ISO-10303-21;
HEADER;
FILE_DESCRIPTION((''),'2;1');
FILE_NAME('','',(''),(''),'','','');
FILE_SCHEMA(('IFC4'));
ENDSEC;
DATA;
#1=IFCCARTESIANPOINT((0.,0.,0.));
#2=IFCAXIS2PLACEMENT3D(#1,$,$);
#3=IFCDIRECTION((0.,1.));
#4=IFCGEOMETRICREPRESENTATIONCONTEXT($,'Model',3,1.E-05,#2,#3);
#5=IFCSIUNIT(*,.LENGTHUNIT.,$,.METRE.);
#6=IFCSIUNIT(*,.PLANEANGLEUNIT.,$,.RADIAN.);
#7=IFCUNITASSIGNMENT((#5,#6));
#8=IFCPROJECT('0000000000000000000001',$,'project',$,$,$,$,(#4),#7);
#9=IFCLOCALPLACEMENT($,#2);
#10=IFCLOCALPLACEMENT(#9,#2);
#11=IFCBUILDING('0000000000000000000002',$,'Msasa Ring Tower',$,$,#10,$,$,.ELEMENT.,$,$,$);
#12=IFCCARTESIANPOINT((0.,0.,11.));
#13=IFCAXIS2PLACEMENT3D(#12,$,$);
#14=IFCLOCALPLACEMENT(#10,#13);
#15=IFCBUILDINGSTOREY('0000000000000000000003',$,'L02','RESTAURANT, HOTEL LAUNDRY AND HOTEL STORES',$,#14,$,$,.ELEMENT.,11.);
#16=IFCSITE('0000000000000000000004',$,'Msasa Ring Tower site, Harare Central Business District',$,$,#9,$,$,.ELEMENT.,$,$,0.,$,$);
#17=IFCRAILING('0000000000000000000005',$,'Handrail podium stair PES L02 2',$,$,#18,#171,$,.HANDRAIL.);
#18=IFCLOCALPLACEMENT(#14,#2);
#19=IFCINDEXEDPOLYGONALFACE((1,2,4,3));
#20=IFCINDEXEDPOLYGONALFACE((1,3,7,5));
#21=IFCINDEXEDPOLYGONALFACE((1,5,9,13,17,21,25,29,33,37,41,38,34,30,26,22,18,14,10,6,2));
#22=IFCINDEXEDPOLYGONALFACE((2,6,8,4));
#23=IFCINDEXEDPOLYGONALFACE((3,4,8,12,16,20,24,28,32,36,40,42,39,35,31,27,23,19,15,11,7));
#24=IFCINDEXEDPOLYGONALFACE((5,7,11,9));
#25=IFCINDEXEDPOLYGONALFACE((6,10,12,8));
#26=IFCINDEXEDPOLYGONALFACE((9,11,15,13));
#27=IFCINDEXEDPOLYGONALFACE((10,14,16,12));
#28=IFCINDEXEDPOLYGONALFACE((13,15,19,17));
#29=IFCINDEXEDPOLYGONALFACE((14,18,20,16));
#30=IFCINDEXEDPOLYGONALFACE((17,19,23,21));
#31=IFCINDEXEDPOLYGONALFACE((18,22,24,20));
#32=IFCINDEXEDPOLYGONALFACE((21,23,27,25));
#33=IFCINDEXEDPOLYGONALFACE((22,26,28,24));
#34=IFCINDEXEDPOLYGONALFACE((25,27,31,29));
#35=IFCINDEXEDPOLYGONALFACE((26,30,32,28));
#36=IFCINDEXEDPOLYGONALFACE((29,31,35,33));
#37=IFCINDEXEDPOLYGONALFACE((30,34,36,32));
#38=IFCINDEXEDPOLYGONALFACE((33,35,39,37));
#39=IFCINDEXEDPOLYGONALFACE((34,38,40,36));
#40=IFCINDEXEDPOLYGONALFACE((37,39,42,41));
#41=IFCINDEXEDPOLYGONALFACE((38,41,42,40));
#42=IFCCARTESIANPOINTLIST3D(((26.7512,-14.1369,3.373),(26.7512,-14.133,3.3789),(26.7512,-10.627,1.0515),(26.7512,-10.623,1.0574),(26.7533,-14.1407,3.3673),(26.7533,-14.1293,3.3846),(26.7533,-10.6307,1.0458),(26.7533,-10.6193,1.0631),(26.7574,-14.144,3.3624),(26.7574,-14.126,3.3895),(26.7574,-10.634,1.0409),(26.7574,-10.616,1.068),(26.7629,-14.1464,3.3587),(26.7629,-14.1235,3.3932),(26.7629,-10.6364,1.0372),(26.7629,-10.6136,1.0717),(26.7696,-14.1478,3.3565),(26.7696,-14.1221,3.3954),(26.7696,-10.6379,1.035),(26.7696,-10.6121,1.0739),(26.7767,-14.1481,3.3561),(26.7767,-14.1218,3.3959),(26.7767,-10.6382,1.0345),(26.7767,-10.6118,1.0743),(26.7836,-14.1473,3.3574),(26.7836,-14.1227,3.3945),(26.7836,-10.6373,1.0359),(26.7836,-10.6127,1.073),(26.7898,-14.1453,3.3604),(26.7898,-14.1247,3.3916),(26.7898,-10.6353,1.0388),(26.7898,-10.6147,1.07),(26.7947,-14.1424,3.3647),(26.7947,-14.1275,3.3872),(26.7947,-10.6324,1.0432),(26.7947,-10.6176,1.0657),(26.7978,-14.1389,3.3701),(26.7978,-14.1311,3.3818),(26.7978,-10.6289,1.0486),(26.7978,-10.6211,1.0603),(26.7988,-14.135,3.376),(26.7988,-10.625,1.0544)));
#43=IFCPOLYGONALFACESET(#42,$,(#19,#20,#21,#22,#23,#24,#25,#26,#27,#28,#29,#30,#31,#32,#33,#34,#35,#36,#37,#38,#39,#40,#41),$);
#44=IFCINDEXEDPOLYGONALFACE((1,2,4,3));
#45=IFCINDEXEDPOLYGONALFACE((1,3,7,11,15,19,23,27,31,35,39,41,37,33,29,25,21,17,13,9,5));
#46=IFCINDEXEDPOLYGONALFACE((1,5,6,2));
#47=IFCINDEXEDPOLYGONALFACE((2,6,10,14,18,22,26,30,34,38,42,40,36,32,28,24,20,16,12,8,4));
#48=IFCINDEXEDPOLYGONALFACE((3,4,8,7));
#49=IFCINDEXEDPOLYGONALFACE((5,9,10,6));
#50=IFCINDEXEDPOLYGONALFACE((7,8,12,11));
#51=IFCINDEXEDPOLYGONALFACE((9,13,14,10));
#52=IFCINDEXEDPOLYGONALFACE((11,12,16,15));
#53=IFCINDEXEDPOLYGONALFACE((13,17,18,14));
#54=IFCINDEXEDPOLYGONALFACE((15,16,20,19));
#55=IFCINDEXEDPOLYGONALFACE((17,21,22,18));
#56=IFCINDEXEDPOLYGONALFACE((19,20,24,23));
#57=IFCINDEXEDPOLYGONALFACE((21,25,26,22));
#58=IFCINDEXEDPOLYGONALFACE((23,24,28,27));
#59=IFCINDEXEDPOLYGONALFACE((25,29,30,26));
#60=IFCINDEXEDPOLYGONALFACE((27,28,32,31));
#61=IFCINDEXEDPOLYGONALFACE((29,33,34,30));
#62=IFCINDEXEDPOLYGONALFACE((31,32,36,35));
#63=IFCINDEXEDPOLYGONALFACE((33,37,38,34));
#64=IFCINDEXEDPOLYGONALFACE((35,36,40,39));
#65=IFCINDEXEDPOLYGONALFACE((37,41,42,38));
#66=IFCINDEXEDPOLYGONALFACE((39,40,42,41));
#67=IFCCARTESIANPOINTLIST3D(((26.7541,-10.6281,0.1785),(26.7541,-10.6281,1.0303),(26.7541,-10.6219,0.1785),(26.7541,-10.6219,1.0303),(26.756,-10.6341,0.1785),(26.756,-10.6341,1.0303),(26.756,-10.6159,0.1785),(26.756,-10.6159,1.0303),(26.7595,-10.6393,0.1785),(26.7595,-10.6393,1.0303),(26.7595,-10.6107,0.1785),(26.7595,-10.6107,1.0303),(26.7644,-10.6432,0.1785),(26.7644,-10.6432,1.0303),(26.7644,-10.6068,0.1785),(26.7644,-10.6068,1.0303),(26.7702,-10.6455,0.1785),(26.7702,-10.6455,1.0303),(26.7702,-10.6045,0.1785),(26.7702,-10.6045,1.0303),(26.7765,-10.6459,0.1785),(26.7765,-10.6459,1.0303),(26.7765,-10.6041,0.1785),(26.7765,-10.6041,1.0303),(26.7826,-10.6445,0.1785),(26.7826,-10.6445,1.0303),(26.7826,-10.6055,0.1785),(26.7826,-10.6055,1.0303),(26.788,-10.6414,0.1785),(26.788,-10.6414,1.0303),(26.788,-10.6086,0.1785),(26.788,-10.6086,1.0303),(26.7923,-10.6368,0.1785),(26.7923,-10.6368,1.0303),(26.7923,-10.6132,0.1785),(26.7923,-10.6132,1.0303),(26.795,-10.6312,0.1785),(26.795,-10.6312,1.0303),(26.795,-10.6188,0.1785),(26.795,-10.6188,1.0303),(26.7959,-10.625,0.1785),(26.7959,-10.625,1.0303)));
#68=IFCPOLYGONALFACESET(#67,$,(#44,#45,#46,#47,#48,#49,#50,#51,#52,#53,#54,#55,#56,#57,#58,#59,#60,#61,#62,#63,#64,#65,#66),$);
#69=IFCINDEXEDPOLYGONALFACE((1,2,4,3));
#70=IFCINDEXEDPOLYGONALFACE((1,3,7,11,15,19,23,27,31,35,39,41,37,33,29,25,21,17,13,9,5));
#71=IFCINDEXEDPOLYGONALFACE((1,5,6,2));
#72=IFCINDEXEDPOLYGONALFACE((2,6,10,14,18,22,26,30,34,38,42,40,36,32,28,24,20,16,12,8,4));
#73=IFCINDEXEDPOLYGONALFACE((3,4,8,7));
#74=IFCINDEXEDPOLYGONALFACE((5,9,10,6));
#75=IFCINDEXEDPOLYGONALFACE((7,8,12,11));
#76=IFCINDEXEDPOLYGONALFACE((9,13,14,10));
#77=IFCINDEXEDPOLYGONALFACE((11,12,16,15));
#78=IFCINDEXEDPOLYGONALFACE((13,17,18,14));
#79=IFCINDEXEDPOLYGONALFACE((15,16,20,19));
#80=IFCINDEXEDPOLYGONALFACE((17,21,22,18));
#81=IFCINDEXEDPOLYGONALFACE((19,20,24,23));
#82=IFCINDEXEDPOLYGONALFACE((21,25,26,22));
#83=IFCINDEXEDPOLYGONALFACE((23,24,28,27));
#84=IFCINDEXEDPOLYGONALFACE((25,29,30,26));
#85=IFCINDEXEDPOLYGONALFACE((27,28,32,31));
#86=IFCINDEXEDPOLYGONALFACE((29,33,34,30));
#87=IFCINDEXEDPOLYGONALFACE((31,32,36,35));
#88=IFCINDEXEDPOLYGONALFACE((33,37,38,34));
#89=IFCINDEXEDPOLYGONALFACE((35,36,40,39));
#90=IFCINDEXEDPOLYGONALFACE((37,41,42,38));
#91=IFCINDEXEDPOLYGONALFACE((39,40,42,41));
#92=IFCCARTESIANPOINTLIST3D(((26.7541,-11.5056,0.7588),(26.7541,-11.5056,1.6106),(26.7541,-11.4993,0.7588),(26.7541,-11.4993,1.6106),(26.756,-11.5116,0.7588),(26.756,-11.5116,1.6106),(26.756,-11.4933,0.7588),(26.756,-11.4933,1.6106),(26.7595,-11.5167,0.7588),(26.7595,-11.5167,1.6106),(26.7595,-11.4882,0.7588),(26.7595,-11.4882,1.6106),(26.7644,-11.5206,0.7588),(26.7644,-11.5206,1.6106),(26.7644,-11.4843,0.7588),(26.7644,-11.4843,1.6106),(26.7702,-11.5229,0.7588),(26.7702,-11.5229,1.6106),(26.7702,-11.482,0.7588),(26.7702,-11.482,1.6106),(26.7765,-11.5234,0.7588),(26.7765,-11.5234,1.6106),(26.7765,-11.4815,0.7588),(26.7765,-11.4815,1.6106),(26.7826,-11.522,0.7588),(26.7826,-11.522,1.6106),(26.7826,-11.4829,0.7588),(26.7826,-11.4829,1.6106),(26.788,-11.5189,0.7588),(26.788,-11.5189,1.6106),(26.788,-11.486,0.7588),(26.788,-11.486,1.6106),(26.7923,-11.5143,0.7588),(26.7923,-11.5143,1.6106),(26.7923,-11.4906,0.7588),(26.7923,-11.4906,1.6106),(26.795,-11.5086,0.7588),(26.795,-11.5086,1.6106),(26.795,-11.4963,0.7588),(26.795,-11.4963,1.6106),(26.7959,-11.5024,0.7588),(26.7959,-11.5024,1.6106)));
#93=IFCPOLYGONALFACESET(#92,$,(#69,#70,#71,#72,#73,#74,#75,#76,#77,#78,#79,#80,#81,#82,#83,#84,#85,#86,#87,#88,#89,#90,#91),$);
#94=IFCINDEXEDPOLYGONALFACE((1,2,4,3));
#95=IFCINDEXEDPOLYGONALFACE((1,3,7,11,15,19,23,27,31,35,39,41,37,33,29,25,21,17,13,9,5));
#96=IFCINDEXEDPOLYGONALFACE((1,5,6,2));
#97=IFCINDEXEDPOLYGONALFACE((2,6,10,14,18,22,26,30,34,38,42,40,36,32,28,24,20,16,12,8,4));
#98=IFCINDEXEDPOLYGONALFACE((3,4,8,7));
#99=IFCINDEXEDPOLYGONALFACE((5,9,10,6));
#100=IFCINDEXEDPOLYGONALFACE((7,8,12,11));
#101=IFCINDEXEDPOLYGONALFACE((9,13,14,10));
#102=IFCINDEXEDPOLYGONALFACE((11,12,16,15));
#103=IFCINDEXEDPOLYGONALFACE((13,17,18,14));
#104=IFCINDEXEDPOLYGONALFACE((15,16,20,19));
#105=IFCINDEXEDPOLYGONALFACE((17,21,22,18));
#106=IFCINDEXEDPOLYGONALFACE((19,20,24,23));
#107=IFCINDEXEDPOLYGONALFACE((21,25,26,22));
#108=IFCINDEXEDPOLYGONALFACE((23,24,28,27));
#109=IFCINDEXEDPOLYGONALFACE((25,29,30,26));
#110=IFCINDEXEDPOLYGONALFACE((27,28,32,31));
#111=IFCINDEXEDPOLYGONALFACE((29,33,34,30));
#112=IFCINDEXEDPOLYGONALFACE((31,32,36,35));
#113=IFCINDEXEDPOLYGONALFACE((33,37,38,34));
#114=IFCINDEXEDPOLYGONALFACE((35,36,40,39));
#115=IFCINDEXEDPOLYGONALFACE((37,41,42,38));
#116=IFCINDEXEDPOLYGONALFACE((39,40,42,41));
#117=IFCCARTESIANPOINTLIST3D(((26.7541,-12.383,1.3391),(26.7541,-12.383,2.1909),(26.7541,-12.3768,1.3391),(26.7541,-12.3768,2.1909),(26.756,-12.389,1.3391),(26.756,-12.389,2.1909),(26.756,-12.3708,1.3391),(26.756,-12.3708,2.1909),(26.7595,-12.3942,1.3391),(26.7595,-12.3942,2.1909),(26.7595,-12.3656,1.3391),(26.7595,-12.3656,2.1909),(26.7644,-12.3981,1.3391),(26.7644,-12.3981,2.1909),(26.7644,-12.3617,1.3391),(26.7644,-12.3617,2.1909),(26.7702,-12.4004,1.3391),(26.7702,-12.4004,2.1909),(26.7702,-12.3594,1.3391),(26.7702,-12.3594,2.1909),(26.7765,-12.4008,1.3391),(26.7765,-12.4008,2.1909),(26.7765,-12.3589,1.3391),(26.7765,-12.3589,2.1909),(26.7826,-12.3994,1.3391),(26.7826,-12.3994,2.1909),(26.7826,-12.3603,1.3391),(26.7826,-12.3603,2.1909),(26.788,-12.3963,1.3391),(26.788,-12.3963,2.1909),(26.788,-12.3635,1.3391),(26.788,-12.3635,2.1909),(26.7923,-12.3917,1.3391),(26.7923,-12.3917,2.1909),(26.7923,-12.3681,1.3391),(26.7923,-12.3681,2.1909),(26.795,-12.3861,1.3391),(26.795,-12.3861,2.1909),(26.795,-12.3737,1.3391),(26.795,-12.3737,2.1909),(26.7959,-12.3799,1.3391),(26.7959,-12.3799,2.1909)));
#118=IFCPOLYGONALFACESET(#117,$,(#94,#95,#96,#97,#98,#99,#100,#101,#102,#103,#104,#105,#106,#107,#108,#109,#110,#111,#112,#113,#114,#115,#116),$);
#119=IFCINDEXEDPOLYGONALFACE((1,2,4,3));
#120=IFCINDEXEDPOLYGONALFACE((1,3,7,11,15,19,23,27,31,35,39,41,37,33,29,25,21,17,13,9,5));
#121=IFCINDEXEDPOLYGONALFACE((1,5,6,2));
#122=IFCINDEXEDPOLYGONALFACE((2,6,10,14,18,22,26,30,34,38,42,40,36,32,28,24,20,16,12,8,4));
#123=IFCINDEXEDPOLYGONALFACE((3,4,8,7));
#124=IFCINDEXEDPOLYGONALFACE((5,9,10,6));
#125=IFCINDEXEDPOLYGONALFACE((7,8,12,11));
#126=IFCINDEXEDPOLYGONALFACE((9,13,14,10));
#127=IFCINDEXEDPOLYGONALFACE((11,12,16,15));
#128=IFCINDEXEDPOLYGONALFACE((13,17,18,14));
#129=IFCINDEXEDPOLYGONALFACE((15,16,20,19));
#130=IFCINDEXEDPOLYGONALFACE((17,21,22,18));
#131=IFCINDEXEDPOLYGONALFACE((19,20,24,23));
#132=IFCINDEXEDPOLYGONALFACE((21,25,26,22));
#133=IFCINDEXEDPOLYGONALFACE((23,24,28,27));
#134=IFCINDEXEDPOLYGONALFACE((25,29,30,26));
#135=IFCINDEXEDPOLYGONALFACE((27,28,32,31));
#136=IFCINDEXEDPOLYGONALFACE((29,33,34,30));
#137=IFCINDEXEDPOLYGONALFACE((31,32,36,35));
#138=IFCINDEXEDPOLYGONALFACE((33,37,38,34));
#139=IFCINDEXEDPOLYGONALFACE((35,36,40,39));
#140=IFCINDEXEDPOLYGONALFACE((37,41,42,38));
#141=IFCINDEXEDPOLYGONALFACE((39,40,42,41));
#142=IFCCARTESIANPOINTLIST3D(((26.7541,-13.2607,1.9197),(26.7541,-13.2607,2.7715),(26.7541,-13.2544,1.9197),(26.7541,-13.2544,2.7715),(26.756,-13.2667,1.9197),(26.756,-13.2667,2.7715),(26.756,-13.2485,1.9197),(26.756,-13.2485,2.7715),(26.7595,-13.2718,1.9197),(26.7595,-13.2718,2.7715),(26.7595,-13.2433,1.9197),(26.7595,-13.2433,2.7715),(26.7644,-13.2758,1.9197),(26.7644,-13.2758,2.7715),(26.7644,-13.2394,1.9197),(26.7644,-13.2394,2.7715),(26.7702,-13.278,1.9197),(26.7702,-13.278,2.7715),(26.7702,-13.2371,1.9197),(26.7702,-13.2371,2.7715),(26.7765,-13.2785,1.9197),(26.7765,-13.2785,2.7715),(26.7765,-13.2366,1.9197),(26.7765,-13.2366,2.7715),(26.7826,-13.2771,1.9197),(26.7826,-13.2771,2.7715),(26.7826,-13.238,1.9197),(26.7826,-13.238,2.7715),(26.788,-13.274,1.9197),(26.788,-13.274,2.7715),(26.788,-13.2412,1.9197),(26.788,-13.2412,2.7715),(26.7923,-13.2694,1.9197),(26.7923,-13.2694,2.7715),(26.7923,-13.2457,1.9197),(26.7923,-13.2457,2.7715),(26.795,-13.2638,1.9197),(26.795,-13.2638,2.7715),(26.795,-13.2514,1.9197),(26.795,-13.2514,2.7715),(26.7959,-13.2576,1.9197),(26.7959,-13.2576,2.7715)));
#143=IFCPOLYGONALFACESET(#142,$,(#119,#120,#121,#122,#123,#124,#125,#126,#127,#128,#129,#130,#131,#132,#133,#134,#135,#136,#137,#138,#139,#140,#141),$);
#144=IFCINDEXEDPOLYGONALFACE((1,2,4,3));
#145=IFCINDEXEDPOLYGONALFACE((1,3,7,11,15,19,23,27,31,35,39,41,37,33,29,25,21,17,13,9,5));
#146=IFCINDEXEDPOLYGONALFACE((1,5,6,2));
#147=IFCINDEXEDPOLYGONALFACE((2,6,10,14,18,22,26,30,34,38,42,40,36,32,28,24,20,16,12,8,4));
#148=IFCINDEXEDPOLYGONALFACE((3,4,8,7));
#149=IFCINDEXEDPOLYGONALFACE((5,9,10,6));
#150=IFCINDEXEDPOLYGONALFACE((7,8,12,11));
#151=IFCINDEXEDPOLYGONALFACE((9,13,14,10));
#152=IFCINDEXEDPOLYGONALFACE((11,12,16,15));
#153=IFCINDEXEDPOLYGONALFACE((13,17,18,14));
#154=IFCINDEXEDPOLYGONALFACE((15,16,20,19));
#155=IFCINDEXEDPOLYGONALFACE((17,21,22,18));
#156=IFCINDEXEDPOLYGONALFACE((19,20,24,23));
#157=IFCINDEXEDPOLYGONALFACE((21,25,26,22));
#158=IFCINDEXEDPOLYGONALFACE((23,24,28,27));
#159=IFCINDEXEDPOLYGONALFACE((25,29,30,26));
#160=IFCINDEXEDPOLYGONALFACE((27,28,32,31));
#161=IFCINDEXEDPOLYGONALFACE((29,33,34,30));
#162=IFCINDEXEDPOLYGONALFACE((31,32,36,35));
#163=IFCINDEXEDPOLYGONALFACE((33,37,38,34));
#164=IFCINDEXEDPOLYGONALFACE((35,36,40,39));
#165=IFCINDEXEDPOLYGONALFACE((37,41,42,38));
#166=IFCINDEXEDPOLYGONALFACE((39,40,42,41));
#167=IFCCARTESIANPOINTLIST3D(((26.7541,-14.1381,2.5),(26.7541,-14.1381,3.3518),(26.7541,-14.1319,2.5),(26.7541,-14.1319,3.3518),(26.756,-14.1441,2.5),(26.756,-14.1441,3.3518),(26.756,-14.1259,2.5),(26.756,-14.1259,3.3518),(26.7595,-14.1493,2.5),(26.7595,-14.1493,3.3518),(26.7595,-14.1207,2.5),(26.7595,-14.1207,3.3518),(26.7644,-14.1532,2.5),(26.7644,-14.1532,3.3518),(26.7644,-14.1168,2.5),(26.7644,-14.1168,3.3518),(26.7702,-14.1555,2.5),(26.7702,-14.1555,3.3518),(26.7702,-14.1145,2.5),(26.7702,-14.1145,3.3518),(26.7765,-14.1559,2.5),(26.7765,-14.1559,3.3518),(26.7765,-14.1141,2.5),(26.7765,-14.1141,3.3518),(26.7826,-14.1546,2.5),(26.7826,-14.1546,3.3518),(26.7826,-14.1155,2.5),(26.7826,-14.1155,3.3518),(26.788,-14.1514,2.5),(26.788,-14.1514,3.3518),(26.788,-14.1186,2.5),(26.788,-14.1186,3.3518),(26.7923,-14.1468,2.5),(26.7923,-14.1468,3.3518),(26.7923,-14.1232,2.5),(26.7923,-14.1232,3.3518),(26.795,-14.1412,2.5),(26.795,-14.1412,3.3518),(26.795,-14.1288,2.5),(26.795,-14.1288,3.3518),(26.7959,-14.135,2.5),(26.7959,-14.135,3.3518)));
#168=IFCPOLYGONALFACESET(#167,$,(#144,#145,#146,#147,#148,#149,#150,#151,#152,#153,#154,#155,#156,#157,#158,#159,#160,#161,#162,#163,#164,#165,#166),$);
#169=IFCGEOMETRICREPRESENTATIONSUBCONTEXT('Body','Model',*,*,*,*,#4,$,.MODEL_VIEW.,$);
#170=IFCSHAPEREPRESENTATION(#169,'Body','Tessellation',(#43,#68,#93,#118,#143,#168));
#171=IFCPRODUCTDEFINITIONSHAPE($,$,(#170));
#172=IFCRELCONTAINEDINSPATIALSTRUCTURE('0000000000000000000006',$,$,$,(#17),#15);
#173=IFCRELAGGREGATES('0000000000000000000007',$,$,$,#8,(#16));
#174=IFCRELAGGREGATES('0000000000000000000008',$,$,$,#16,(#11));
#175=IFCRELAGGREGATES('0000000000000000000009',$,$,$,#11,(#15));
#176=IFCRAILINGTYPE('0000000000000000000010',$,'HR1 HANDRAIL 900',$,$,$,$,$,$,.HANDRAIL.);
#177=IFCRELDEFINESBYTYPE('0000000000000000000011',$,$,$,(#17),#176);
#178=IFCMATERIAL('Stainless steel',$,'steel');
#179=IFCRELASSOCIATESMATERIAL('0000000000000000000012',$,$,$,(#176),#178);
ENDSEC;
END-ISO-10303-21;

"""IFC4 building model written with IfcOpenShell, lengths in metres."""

from ifc_helpers import new_model, si_unit, direction, frame, origin, origin_2d, place, context, subcontext, project, spatial, circle, extrude, material, type_object, element, save


model = new_model("IFC4")

# Units and contexts
model_context = context("Model", 3, precision=1e-05, world=origin(), true_north=direction((0.0, 1.0)))
body_context = subcontext(model_context, "Body", "Model", "MODEL_VIEW")
ifc_project = project(units=[si_unit("LENGTHUNIT", "METRE"), si_unit("PLANEANGLEUNIT", "RADIAN")], contexts=[model_context])

# Site, building, storey
site_placement = place(None, origin())
site = spatial("IfcSite", under=ifc_project, at=site_placement, Name="Msasa Ring Tower site, Harare Central Business District", CompositionType="ELEMENT", RefElevation=0.0)
building_placement = place(site_placement, origin())
building = spatial("IfcBuilding", under=site, at=building_placement, Name="Msasa Ring Tower", CompositionType="ELEMENT")
storey_placement = place(building_placement, frame((0.0, 0.0, 11.0)))
storey = spatial("IfcBuildingStorey", under=building, at=storey_placement, Name="L02", Description="RESTAURANT, HOTEL LAUNDRY AND HOTEL STORES", CompositionType="ELEMENT", Elevation=11.0)

# Railing
ifc_material_1 = material(Name="Stainless steel", Category="steel")
railing_type = type_object("IfcRailingType", Name="HR1 HANDRAIL 900", PredefinedType="HANDRAIL", material=ifc_material_1)
for number, where, name in (
    (1, (26.7749, -10.625, 0.1785), "Handrail podium stair PES L02 2"),
):
    element("IfcRailing", number, at=place(storey_placement, frame(where)), inside=storey, type_object=railing_type, Name=name, PredefinedType="HANDRAIL", context=body_context, shape_type="SweptSolid", body=[
        extrude(circle(Radius=0.0239, at=origin_2d()), frame((0.0, 0.0, 0.876), z_axis=(0.0, -0.834071, 0.551657), x_axis=(1.0, 0.0, 0.0)), (0.0, 0.0, 1.0), 4.2083),
        extrude(circle(Radius=0.021, at=origin_2d()), origin(), (0.0, 0.0, 1.0), 0.8518),
        extrude(circle(Radius=0.021, at=origin_2d()), frame((0.0, -0.8774, 0.5803)), (0.0, 0.0, 1.0), 0.8518),
        extrude(circle(Radius=0.021, at=origin_2d()), frame((0.0, -1.7549, 1.1606)), (0.0, 0.0, 1.0), 0.8518),
        extrude(circle(Radius=0.021, at=origin_2d()), frame((0.0, -2.6326, 1.7412)), (0.0, 0.0, 1.0), 0.8518),
        extrude(circle(Radius=0.021, at=origin_2d()), frame((0.0, -3.51, 2.3215)), (0.0, 0.0, 1.0), 0.8518),
    ])

save(model, "model.ifc")
